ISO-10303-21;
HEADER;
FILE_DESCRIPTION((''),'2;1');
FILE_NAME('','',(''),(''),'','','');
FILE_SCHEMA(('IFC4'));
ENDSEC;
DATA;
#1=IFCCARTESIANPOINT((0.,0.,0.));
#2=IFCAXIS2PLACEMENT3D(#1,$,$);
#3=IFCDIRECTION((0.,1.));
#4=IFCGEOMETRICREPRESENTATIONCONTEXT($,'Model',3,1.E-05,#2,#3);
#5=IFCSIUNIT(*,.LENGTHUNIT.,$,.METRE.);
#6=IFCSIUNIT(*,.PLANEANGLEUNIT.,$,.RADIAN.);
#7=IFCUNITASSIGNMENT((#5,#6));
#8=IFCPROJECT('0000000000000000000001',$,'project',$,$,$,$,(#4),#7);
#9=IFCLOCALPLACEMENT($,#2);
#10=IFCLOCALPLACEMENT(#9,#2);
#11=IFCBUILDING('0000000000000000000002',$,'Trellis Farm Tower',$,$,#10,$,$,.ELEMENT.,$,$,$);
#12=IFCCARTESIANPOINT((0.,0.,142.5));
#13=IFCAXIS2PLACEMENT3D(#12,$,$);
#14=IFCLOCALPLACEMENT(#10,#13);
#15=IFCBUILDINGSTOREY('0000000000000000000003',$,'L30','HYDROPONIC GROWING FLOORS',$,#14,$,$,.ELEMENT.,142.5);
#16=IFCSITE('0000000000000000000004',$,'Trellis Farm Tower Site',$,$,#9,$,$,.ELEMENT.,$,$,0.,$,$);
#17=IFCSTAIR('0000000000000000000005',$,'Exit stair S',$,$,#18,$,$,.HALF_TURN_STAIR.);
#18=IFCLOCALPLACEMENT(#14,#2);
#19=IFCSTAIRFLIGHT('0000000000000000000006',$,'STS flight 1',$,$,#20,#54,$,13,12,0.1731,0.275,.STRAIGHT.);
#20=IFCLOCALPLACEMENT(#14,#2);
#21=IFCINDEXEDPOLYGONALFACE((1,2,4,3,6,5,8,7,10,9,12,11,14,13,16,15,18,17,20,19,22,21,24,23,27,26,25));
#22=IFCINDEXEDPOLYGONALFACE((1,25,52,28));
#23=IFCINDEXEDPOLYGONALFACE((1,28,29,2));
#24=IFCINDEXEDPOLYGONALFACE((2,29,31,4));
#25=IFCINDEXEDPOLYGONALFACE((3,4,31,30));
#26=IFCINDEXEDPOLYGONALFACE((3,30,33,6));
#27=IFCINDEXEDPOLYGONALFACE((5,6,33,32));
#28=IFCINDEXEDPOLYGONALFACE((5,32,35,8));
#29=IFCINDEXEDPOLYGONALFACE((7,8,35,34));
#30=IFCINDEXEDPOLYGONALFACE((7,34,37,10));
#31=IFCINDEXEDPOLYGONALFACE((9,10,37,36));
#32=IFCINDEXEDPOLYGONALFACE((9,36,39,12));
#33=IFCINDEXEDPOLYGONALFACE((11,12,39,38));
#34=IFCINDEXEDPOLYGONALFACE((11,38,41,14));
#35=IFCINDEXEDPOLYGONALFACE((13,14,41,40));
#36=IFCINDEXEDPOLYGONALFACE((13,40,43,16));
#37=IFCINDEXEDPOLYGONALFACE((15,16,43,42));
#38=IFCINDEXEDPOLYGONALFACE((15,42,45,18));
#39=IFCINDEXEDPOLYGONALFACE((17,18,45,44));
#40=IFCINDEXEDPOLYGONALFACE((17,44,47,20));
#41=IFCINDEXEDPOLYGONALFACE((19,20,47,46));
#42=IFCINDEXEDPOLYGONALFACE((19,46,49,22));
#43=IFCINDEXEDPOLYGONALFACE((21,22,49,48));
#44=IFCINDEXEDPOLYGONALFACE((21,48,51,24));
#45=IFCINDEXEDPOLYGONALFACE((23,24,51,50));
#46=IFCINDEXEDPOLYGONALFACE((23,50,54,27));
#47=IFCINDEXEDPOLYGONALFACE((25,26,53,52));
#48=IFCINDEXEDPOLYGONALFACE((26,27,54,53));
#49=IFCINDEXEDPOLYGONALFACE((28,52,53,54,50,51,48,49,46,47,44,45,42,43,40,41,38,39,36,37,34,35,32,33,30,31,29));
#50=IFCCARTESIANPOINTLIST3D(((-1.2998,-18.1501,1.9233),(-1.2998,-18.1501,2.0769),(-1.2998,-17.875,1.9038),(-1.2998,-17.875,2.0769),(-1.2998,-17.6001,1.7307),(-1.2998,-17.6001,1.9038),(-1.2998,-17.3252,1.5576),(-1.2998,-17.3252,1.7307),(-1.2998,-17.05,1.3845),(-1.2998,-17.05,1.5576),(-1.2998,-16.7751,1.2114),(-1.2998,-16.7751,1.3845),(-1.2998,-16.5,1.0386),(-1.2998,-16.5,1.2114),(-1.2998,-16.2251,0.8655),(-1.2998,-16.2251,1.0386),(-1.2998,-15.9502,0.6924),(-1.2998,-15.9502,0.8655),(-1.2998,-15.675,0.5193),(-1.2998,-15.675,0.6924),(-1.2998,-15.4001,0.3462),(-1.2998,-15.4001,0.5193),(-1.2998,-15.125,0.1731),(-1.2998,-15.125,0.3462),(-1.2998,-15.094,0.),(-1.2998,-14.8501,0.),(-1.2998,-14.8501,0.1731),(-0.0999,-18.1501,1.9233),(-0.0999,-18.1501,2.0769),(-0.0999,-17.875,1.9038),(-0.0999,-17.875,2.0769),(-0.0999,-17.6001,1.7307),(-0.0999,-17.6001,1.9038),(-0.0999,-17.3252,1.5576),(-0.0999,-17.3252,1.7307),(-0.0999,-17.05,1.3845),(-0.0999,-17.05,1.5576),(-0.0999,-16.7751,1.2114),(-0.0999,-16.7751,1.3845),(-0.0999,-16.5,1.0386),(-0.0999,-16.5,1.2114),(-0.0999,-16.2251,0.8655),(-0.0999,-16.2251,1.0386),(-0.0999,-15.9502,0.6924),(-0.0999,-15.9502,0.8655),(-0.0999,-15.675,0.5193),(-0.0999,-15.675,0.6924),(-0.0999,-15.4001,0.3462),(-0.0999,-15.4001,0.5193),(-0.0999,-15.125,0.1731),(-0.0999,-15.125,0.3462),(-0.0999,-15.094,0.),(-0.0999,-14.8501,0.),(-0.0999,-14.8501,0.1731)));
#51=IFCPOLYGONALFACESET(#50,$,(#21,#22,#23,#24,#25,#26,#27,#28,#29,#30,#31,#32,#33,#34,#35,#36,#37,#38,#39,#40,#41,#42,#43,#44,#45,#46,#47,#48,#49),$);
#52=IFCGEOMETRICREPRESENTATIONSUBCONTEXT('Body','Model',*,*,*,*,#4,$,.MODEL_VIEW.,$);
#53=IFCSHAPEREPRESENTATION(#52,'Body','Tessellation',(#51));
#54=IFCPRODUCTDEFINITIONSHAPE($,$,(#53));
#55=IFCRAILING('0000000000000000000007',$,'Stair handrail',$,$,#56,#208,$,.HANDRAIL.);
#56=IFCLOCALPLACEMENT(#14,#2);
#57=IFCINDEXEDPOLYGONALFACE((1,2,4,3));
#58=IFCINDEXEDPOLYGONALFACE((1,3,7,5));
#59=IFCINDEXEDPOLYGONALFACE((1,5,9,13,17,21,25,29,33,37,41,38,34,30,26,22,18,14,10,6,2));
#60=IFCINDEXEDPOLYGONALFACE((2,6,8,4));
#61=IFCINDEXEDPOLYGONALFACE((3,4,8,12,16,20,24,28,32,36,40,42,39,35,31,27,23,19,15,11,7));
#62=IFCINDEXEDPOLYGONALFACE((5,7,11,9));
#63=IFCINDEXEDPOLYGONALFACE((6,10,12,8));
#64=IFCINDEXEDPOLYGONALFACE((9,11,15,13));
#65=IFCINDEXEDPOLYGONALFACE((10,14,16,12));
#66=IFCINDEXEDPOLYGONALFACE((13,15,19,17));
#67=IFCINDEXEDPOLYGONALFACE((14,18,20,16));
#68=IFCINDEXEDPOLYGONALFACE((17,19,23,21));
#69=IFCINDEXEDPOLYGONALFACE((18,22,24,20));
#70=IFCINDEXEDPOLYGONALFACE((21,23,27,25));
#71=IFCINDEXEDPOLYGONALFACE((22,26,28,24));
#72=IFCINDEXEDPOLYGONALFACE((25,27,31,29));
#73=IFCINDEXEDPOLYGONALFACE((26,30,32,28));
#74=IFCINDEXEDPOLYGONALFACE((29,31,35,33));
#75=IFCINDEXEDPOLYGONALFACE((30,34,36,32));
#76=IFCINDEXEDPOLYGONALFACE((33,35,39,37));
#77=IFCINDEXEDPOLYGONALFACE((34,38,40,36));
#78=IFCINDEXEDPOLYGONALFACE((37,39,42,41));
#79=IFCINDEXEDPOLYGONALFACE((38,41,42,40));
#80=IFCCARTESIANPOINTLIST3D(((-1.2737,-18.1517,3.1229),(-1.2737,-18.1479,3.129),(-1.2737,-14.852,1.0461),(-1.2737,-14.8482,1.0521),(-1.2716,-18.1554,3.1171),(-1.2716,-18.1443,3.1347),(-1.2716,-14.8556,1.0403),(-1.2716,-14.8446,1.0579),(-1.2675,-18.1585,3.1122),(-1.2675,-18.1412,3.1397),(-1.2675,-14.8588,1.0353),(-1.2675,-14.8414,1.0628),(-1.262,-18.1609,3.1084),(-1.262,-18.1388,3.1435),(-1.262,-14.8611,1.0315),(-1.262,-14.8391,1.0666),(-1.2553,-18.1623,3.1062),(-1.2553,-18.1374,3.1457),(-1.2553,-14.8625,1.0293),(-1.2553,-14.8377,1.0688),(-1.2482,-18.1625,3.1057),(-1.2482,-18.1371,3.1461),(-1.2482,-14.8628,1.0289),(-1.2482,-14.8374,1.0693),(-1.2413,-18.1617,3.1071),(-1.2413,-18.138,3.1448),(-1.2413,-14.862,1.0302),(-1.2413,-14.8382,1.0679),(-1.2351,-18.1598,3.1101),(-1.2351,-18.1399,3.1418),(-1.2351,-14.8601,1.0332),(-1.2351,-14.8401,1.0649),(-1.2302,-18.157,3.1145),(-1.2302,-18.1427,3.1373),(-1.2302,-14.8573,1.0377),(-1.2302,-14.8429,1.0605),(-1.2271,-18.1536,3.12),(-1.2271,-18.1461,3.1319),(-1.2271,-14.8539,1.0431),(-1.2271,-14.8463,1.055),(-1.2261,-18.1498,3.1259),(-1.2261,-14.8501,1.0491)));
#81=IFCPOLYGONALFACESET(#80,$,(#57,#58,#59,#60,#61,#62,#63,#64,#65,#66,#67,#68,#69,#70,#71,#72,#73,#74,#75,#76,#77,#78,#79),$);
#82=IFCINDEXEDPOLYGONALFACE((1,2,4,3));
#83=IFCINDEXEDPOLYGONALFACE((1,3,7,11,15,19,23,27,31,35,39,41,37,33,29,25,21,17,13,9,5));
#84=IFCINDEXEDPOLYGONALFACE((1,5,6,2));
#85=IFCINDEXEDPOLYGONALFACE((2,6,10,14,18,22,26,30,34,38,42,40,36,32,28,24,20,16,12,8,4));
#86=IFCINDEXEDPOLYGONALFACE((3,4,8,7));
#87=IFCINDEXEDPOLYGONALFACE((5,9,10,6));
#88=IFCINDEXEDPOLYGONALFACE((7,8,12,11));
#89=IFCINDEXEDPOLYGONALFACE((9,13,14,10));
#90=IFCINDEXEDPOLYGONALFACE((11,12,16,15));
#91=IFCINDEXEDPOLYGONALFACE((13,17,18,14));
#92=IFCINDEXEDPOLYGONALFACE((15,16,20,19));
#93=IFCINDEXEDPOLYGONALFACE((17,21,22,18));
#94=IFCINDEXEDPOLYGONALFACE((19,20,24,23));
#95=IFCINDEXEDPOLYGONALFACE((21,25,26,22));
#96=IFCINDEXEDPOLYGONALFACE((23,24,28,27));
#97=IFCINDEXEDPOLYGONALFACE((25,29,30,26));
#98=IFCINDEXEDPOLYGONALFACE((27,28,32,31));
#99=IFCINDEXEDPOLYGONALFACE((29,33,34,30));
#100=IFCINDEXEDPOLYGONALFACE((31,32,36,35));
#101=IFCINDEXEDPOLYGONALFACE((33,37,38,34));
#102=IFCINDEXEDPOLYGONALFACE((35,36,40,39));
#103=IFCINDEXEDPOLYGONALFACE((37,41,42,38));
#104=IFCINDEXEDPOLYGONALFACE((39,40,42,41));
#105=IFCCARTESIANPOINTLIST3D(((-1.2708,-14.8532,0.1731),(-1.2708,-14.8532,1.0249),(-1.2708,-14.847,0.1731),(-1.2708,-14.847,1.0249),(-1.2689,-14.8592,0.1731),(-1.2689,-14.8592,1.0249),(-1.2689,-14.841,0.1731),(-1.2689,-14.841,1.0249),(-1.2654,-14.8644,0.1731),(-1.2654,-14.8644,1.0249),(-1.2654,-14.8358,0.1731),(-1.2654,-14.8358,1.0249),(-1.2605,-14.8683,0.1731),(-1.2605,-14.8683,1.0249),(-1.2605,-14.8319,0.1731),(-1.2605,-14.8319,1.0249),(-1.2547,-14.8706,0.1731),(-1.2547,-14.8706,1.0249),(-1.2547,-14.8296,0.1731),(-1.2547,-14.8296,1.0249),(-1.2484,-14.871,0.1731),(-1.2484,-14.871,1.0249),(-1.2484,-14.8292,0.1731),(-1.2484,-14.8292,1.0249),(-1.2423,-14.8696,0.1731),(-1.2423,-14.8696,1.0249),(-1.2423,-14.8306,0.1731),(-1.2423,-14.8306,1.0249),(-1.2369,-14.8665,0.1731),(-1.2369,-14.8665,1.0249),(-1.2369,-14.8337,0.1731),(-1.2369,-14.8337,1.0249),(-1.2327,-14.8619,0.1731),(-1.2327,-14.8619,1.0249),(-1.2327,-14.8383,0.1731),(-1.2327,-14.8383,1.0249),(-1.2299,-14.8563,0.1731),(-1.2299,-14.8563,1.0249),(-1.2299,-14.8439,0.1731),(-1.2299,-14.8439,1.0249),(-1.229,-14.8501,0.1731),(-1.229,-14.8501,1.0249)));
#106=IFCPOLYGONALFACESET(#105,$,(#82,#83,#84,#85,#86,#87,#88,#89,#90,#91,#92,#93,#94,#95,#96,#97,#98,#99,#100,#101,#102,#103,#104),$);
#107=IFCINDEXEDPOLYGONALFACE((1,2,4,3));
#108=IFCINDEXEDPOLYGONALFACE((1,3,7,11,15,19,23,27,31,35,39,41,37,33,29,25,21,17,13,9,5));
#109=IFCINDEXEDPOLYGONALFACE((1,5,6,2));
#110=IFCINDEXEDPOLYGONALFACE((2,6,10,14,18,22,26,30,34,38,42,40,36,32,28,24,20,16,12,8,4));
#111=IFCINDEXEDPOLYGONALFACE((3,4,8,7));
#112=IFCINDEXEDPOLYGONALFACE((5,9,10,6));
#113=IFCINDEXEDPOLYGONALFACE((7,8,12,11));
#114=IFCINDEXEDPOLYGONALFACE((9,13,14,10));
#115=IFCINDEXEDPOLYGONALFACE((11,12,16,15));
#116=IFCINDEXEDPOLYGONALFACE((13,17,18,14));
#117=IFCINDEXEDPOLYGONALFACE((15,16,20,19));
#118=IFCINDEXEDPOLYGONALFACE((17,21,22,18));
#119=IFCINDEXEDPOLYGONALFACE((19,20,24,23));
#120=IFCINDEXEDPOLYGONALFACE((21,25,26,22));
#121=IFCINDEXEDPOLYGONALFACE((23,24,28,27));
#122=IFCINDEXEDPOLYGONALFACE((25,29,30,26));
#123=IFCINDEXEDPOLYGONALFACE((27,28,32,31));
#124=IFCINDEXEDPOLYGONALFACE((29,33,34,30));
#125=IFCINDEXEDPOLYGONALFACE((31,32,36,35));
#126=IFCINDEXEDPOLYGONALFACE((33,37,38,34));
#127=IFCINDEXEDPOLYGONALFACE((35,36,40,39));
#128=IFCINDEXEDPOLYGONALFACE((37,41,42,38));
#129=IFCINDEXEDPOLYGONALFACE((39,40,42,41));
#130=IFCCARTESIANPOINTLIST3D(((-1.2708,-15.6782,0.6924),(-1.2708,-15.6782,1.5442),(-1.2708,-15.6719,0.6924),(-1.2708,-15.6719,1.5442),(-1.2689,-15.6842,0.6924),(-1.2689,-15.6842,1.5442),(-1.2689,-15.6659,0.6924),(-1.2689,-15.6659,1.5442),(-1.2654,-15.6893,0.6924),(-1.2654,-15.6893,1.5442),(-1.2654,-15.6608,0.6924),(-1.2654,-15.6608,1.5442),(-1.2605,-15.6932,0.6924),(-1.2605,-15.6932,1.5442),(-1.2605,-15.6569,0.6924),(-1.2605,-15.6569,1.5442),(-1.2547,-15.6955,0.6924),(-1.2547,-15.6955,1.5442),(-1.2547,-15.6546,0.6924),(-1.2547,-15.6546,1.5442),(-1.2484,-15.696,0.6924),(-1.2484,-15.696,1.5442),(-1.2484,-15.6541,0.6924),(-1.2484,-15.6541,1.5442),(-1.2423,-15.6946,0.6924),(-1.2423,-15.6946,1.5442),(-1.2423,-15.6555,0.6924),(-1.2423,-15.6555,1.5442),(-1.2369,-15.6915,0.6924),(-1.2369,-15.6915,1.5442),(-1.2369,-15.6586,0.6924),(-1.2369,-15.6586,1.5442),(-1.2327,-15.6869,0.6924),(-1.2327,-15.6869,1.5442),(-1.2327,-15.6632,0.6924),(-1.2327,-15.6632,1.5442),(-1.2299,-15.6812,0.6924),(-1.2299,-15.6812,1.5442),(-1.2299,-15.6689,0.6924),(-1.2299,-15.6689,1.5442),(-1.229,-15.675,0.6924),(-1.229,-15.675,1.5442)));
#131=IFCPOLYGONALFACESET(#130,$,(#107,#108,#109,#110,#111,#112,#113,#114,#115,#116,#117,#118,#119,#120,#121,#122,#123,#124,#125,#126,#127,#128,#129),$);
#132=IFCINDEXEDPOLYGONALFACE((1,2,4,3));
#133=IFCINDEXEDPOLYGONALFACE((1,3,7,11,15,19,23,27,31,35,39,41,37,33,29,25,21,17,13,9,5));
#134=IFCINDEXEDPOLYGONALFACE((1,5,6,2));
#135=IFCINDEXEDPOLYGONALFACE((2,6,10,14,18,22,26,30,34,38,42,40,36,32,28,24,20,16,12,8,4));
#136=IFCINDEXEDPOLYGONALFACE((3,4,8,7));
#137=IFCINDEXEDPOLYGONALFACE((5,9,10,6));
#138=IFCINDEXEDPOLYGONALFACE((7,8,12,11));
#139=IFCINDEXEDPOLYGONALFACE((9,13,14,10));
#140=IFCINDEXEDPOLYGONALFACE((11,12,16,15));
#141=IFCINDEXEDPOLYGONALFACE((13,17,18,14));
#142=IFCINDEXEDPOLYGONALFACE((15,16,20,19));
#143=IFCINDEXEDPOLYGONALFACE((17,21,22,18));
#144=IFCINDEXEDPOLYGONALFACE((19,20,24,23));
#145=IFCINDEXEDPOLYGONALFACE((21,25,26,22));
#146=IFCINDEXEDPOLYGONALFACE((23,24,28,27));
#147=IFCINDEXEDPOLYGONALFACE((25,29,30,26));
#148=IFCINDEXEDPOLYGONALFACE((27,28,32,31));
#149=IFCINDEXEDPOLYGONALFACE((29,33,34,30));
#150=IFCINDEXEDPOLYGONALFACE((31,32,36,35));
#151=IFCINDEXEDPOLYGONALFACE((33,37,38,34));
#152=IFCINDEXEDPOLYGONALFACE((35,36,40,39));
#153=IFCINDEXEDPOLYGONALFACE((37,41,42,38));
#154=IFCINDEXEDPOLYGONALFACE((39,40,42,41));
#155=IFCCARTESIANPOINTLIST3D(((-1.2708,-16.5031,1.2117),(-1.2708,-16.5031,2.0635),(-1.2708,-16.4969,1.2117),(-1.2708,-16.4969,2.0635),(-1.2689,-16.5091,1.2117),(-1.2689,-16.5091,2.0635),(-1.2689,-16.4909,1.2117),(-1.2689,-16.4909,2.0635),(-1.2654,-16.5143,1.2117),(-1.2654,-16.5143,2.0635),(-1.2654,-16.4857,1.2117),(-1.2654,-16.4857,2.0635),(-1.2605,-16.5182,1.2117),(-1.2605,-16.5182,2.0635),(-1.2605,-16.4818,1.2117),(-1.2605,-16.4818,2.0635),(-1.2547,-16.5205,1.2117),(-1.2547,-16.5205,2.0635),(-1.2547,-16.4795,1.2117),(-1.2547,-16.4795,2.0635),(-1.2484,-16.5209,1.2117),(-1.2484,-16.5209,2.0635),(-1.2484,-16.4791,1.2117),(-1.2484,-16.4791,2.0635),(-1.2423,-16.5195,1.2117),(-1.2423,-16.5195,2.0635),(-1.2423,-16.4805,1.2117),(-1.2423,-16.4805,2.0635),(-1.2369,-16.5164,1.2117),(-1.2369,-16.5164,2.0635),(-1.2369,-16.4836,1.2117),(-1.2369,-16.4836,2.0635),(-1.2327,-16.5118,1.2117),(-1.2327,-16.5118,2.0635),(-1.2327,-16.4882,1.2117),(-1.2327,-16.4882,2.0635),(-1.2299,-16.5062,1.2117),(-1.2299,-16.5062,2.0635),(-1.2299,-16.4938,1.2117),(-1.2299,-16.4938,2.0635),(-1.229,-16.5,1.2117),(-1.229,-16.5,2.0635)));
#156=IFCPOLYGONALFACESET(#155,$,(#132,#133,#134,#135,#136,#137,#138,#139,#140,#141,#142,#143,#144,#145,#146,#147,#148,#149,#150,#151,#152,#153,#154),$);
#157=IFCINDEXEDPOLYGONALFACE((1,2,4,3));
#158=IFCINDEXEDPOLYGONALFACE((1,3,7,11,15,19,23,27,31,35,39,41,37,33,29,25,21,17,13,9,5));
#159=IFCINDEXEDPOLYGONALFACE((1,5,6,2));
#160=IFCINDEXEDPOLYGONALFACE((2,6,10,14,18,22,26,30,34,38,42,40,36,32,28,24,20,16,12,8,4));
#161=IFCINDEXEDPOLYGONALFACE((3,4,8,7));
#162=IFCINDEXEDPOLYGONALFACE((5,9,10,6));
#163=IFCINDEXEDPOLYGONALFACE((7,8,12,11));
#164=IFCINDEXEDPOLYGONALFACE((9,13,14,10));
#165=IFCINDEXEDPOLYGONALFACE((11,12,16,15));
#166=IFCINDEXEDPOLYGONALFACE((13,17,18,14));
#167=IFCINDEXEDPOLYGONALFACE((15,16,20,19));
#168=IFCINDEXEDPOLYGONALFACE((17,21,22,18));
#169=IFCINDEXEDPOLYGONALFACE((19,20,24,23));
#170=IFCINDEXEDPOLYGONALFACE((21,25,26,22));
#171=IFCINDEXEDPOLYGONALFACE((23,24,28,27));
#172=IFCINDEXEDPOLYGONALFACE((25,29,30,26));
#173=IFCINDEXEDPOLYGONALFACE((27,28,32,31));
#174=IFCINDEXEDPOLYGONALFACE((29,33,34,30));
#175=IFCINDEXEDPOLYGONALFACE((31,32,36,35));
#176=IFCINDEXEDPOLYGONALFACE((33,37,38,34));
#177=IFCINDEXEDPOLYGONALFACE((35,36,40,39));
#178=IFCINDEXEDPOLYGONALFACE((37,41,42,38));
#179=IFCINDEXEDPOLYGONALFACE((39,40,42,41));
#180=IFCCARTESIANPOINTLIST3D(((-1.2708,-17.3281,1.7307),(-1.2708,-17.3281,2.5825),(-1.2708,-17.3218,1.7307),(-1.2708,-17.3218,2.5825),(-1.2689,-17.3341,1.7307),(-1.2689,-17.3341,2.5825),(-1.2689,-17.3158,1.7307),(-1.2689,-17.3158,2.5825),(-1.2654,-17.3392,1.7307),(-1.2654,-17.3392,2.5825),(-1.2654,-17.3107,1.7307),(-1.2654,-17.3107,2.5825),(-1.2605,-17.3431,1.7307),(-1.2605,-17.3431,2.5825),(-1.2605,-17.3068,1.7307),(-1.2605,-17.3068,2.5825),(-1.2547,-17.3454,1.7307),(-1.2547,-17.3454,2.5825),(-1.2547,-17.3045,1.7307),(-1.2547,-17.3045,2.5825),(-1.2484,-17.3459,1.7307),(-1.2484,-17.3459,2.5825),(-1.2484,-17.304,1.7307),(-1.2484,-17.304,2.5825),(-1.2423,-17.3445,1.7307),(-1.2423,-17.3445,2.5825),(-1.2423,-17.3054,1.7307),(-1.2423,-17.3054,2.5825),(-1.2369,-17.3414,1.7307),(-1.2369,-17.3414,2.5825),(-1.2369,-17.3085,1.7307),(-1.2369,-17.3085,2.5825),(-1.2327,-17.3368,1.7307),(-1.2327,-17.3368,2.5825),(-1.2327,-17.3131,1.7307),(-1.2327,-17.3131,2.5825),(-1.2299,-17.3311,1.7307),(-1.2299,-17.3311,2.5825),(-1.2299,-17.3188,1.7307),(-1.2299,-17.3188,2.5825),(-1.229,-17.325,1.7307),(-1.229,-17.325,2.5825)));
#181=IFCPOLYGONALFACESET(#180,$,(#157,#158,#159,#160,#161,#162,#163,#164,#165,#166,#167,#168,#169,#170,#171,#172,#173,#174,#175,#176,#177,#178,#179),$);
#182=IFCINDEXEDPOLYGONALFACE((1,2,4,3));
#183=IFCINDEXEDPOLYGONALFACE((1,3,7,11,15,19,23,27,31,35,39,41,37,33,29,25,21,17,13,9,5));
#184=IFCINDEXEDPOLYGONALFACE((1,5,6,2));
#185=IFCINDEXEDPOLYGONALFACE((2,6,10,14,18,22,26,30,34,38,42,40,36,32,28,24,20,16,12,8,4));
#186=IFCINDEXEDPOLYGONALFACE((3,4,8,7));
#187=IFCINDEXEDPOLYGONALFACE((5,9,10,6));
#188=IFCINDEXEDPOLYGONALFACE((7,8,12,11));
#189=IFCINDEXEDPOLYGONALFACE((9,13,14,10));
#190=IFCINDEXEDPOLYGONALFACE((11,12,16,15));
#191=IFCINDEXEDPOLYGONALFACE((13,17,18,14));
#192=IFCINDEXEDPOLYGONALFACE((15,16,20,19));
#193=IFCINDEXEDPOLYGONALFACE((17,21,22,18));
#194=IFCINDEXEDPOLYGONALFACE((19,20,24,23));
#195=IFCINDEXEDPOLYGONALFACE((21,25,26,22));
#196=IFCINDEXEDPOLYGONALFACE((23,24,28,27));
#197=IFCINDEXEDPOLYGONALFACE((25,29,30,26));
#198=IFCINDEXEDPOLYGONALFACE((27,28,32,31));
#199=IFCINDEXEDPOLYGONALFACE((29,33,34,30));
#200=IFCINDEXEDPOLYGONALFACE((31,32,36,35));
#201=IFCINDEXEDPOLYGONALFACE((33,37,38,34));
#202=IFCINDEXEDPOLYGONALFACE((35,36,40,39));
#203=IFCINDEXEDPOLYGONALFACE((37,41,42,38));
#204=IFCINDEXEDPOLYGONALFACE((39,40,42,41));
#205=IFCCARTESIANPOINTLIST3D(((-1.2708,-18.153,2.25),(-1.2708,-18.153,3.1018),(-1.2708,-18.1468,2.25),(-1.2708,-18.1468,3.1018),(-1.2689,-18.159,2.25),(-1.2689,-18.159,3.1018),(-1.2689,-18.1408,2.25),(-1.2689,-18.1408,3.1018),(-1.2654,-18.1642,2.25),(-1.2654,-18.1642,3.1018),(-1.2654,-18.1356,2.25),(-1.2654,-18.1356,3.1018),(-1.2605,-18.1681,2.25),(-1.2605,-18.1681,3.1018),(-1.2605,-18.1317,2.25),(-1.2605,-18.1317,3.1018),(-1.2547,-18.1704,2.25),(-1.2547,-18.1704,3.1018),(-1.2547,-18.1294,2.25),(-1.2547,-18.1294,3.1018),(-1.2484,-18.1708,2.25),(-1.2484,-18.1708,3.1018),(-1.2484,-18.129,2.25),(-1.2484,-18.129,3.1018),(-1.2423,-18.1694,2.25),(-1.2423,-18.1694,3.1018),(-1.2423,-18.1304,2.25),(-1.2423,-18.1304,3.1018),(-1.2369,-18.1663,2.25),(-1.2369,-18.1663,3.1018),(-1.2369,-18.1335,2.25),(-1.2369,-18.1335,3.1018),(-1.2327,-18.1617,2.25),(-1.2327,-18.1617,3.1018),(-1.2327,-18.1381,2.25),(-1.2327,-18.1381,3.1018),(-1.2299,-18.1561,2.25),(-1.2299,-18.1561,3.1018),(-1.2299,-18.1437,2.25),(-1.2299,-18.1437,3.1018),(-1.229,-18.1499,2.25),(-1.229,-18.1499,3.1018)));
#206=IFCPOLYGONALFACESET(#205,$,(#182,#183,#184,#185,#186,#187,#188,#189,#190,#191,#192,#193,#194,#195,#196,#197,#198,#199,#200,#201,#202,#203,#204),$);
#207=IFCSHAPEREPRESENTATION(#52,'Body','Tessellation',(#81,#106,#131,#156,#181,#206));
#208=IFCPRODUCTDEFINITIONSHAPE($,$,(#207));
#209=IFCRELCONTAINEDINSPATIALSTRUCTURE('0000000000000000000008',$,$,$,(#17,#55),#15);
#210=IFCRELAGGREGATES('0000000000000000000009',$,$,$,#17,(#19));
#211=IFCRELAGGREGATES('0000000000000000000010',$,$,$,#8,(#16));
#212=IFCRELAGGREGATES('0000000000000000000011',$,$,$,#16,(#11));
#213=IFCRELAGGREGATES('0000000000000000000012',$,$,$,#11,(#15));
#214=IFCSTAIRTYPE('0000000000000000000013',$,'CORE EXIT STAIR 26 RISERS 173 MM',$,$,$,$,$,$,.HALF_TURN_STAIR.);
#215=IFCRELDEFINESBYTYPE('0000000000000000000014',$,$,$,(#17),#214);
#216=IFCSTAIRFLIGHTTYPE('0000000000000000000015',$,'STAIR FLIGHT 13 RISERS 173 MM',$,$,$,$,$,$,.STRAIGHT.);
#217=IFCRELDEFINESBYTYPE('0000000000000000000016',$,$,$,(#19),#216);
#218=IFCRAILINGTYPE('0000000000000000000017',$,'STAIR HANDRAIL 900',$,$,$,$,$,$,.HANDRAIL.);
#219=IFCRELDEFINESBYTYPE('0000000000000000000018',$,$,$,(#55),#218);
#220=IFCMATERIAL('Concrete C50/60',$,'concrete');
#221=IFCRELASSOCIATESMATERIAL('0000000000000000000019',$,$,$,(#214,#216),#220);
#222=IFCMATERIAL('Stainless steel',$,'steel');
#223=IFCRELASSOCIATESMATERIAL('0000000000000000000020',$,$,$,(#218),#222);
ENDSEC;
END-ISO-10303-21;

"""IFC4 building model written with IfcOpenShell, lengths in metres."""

from ifc_helpers import new_model, si_unit, direction, frame, origin, origin_2d, place, context, subcontext, project, spatial, polyline, circle, outline, extrude, source, transform, mapped, material, type_object, element, aggregate, save


model = new_model("IFC4")

# Units and contexts
model_context = context("Model", 3, precision=1e-05, world=origin(), true_north=direction((0.0, 1.0)))
body_context = subcontext(model_context, "Body", "Model", "MODEL_VIEW")
ifc_project = project(units=[si_unit("LENGTHUNIT", "METRE"), si_unit("PLANEANGLEUNIT", "RADIAN")], contexts=[model_context])

# Site, building, storey
site_placement = place(None, origin())
site = spatial("IfcSite", under=ifc_project, at=site_placement, Name="Trellis Farm Tower Site", CompositionType="ELEMENT", RefElevation=0.0)
building_placement = place(site_placement, origin())
building = spatial("IfcBuilding", under=site, at=building_placement, Name="Trellis Farm Tower", CompositionType="ELEMENT")
storey_placement = place(building_placement, frame((0.0, 0.0, 142.5)))
storey = spatial("IfcBuildingStorey", under=building, at=storey_placement, Name="L30", Description="HYDROPONIC GROWING FLOORS", CompositionType="ELEMENT", Elevation=142.5)

# Shared definitions
placement = place(storey_placement, origin())

# Stair, stair flight
ifc_material_1 = material(Name="Concrete C50/60", Category="concrete")
stair_type = type_object("IfcStairType", Name="CORE EXIT STAIR 26 RISERS 173 MM", PredefinedType="HALF_TURN_STAIR", material=ifc_material_1)
stair = element("IfcStair", 1, at=placement, inside=storey, type_object=stair_type, Name="Exit stair S", PredefinedType="HALF_TURN_STAIR")
stair_flight_type = type_object("IfcStairFlightType", Name="STAIR FLIGHT 13 RISERS 173 MM", PredefinedType="STRAIGHT", material=ifc_material_1)
shared_shape_1 = source(origin(), body_context, "Body", "SweptSolid", [
    extrude(outline(polyline([(0.0, 0.0), (0.0, 0.1731), (0.2749, 0.1731), (0.2749, 0.3462), (0.55, 0.3462), (0.55, 0.5193), (0.825, 0.5193), (0.825, 0.6924), (1.1001, 0.6924), (1.1001, 0.8655), (1.375, 0.8655), (1.375, 1.0386), (1.6499, 1.0386), (1.6499, 1.2114), (1.925, 1.2114), (1.925, 1.3845), (2.2, 1.3845), (2.2, 1.5576), (2.4751, 1.5576), (2.4751, 1.7307), (2.75, 1.7307), (2.75, 1.9038), (3.0249, 1.9038), (3.0249, 2.0769), (3.3, 2.0769), (3.3, 2.25), (3.3, 1.9233), (0.2439, 0.0), (0.0, 0.0)])), frame((0.0, 0.6001, 0.0), z_axis=(0.0, -1.0, 0.0), x_axis=(1.0, 0.0, 0.0)), (0.0, 0.0, 1.0), 1.2),
])
stair_flight_placement = place(storey_placement, frame((-0.7, -14.8501, 0.0), z_axis=(0.0, 0.0, 1.0), x_axis=(0.0, -1.0, 0.0)))
stair_flight = element("IfcStairFlight", 2, at=stair_flight_placement, type_object=stair_flight_type, Name="STS flight 1", NumberOfRisers=13, NumberOfTreads=12, PredefinedType="STRAIGHT", RiserHeight=0.1731, TreadLength=0.275, context=body_context, shape_type="MappedRepresentation", body=[
    mapped(shared_shape_1, transform((0.0, 0.0, 0.0))),
])
aggregate(stair, [stair_flight])

# Railing
ifc_material_2 = material(Name="Stainless steel", Category="steel")
railing_type = type_object("IfcRailingType", Name="STAIR HANDRAIL 900", PredefinedType="HANDRAIL", material=ifc_material_2)
shared_shape_2 = source(origin(), body_context, "Body", "SweptSolid", [
    extrude(circle(Radius=0.0239, at=origin_2d()), frame((0.0, 0.0, 0.876), z_axis=(0.0, -0.84632, 0.532675), x_axis=(1.0, 0.0, 0.0)), (0.0, 0.0, 1.0), 3.8989),
    extrude(circle(Radius=0.021, at=origin_2d()), origin(), (0.0, 0.0, 1.0), 0.8518),
    extrude(circle(Radius=0.021, at=origin_2d()), frame((0.0, -0.825, 0.5193)), (0.0, 0.0, 1.0), 0.8518),
    extrude(circle(Radius=0.021, at=origin_2d()), frame((0.0, -1.6499, 1.0386)), (0.0, 0.0, 1.0), 0.8518),
    extrude(circle(Radius=0.021, at=origin_2d()), frame((0.0, -2.4749, 1.5576)), (0.0, 0.0, 1.0), 0.8518),
    extrude(circle(Radius=0.021, at=origin_2d()), frame((0.0, -3.2998, 2.0769)), (0.0, 0.0, 1.0), 0.8518),
])
railing_placement = place(storey_placement, frame((-1.25, -14.8501, 0.1731)))
element("IfcRailing", 3, at=railing_placement, inside=storey, type_object=railing_type, Name="Stair handrail", PredefinedType="HANDRAIL", context=body_context, shape_type="MappedRepresentation", body=[
    mapped(shared_shape_2, transform((0.0, 0.0, 0.0))),
])

save(model, "model.ifc")
